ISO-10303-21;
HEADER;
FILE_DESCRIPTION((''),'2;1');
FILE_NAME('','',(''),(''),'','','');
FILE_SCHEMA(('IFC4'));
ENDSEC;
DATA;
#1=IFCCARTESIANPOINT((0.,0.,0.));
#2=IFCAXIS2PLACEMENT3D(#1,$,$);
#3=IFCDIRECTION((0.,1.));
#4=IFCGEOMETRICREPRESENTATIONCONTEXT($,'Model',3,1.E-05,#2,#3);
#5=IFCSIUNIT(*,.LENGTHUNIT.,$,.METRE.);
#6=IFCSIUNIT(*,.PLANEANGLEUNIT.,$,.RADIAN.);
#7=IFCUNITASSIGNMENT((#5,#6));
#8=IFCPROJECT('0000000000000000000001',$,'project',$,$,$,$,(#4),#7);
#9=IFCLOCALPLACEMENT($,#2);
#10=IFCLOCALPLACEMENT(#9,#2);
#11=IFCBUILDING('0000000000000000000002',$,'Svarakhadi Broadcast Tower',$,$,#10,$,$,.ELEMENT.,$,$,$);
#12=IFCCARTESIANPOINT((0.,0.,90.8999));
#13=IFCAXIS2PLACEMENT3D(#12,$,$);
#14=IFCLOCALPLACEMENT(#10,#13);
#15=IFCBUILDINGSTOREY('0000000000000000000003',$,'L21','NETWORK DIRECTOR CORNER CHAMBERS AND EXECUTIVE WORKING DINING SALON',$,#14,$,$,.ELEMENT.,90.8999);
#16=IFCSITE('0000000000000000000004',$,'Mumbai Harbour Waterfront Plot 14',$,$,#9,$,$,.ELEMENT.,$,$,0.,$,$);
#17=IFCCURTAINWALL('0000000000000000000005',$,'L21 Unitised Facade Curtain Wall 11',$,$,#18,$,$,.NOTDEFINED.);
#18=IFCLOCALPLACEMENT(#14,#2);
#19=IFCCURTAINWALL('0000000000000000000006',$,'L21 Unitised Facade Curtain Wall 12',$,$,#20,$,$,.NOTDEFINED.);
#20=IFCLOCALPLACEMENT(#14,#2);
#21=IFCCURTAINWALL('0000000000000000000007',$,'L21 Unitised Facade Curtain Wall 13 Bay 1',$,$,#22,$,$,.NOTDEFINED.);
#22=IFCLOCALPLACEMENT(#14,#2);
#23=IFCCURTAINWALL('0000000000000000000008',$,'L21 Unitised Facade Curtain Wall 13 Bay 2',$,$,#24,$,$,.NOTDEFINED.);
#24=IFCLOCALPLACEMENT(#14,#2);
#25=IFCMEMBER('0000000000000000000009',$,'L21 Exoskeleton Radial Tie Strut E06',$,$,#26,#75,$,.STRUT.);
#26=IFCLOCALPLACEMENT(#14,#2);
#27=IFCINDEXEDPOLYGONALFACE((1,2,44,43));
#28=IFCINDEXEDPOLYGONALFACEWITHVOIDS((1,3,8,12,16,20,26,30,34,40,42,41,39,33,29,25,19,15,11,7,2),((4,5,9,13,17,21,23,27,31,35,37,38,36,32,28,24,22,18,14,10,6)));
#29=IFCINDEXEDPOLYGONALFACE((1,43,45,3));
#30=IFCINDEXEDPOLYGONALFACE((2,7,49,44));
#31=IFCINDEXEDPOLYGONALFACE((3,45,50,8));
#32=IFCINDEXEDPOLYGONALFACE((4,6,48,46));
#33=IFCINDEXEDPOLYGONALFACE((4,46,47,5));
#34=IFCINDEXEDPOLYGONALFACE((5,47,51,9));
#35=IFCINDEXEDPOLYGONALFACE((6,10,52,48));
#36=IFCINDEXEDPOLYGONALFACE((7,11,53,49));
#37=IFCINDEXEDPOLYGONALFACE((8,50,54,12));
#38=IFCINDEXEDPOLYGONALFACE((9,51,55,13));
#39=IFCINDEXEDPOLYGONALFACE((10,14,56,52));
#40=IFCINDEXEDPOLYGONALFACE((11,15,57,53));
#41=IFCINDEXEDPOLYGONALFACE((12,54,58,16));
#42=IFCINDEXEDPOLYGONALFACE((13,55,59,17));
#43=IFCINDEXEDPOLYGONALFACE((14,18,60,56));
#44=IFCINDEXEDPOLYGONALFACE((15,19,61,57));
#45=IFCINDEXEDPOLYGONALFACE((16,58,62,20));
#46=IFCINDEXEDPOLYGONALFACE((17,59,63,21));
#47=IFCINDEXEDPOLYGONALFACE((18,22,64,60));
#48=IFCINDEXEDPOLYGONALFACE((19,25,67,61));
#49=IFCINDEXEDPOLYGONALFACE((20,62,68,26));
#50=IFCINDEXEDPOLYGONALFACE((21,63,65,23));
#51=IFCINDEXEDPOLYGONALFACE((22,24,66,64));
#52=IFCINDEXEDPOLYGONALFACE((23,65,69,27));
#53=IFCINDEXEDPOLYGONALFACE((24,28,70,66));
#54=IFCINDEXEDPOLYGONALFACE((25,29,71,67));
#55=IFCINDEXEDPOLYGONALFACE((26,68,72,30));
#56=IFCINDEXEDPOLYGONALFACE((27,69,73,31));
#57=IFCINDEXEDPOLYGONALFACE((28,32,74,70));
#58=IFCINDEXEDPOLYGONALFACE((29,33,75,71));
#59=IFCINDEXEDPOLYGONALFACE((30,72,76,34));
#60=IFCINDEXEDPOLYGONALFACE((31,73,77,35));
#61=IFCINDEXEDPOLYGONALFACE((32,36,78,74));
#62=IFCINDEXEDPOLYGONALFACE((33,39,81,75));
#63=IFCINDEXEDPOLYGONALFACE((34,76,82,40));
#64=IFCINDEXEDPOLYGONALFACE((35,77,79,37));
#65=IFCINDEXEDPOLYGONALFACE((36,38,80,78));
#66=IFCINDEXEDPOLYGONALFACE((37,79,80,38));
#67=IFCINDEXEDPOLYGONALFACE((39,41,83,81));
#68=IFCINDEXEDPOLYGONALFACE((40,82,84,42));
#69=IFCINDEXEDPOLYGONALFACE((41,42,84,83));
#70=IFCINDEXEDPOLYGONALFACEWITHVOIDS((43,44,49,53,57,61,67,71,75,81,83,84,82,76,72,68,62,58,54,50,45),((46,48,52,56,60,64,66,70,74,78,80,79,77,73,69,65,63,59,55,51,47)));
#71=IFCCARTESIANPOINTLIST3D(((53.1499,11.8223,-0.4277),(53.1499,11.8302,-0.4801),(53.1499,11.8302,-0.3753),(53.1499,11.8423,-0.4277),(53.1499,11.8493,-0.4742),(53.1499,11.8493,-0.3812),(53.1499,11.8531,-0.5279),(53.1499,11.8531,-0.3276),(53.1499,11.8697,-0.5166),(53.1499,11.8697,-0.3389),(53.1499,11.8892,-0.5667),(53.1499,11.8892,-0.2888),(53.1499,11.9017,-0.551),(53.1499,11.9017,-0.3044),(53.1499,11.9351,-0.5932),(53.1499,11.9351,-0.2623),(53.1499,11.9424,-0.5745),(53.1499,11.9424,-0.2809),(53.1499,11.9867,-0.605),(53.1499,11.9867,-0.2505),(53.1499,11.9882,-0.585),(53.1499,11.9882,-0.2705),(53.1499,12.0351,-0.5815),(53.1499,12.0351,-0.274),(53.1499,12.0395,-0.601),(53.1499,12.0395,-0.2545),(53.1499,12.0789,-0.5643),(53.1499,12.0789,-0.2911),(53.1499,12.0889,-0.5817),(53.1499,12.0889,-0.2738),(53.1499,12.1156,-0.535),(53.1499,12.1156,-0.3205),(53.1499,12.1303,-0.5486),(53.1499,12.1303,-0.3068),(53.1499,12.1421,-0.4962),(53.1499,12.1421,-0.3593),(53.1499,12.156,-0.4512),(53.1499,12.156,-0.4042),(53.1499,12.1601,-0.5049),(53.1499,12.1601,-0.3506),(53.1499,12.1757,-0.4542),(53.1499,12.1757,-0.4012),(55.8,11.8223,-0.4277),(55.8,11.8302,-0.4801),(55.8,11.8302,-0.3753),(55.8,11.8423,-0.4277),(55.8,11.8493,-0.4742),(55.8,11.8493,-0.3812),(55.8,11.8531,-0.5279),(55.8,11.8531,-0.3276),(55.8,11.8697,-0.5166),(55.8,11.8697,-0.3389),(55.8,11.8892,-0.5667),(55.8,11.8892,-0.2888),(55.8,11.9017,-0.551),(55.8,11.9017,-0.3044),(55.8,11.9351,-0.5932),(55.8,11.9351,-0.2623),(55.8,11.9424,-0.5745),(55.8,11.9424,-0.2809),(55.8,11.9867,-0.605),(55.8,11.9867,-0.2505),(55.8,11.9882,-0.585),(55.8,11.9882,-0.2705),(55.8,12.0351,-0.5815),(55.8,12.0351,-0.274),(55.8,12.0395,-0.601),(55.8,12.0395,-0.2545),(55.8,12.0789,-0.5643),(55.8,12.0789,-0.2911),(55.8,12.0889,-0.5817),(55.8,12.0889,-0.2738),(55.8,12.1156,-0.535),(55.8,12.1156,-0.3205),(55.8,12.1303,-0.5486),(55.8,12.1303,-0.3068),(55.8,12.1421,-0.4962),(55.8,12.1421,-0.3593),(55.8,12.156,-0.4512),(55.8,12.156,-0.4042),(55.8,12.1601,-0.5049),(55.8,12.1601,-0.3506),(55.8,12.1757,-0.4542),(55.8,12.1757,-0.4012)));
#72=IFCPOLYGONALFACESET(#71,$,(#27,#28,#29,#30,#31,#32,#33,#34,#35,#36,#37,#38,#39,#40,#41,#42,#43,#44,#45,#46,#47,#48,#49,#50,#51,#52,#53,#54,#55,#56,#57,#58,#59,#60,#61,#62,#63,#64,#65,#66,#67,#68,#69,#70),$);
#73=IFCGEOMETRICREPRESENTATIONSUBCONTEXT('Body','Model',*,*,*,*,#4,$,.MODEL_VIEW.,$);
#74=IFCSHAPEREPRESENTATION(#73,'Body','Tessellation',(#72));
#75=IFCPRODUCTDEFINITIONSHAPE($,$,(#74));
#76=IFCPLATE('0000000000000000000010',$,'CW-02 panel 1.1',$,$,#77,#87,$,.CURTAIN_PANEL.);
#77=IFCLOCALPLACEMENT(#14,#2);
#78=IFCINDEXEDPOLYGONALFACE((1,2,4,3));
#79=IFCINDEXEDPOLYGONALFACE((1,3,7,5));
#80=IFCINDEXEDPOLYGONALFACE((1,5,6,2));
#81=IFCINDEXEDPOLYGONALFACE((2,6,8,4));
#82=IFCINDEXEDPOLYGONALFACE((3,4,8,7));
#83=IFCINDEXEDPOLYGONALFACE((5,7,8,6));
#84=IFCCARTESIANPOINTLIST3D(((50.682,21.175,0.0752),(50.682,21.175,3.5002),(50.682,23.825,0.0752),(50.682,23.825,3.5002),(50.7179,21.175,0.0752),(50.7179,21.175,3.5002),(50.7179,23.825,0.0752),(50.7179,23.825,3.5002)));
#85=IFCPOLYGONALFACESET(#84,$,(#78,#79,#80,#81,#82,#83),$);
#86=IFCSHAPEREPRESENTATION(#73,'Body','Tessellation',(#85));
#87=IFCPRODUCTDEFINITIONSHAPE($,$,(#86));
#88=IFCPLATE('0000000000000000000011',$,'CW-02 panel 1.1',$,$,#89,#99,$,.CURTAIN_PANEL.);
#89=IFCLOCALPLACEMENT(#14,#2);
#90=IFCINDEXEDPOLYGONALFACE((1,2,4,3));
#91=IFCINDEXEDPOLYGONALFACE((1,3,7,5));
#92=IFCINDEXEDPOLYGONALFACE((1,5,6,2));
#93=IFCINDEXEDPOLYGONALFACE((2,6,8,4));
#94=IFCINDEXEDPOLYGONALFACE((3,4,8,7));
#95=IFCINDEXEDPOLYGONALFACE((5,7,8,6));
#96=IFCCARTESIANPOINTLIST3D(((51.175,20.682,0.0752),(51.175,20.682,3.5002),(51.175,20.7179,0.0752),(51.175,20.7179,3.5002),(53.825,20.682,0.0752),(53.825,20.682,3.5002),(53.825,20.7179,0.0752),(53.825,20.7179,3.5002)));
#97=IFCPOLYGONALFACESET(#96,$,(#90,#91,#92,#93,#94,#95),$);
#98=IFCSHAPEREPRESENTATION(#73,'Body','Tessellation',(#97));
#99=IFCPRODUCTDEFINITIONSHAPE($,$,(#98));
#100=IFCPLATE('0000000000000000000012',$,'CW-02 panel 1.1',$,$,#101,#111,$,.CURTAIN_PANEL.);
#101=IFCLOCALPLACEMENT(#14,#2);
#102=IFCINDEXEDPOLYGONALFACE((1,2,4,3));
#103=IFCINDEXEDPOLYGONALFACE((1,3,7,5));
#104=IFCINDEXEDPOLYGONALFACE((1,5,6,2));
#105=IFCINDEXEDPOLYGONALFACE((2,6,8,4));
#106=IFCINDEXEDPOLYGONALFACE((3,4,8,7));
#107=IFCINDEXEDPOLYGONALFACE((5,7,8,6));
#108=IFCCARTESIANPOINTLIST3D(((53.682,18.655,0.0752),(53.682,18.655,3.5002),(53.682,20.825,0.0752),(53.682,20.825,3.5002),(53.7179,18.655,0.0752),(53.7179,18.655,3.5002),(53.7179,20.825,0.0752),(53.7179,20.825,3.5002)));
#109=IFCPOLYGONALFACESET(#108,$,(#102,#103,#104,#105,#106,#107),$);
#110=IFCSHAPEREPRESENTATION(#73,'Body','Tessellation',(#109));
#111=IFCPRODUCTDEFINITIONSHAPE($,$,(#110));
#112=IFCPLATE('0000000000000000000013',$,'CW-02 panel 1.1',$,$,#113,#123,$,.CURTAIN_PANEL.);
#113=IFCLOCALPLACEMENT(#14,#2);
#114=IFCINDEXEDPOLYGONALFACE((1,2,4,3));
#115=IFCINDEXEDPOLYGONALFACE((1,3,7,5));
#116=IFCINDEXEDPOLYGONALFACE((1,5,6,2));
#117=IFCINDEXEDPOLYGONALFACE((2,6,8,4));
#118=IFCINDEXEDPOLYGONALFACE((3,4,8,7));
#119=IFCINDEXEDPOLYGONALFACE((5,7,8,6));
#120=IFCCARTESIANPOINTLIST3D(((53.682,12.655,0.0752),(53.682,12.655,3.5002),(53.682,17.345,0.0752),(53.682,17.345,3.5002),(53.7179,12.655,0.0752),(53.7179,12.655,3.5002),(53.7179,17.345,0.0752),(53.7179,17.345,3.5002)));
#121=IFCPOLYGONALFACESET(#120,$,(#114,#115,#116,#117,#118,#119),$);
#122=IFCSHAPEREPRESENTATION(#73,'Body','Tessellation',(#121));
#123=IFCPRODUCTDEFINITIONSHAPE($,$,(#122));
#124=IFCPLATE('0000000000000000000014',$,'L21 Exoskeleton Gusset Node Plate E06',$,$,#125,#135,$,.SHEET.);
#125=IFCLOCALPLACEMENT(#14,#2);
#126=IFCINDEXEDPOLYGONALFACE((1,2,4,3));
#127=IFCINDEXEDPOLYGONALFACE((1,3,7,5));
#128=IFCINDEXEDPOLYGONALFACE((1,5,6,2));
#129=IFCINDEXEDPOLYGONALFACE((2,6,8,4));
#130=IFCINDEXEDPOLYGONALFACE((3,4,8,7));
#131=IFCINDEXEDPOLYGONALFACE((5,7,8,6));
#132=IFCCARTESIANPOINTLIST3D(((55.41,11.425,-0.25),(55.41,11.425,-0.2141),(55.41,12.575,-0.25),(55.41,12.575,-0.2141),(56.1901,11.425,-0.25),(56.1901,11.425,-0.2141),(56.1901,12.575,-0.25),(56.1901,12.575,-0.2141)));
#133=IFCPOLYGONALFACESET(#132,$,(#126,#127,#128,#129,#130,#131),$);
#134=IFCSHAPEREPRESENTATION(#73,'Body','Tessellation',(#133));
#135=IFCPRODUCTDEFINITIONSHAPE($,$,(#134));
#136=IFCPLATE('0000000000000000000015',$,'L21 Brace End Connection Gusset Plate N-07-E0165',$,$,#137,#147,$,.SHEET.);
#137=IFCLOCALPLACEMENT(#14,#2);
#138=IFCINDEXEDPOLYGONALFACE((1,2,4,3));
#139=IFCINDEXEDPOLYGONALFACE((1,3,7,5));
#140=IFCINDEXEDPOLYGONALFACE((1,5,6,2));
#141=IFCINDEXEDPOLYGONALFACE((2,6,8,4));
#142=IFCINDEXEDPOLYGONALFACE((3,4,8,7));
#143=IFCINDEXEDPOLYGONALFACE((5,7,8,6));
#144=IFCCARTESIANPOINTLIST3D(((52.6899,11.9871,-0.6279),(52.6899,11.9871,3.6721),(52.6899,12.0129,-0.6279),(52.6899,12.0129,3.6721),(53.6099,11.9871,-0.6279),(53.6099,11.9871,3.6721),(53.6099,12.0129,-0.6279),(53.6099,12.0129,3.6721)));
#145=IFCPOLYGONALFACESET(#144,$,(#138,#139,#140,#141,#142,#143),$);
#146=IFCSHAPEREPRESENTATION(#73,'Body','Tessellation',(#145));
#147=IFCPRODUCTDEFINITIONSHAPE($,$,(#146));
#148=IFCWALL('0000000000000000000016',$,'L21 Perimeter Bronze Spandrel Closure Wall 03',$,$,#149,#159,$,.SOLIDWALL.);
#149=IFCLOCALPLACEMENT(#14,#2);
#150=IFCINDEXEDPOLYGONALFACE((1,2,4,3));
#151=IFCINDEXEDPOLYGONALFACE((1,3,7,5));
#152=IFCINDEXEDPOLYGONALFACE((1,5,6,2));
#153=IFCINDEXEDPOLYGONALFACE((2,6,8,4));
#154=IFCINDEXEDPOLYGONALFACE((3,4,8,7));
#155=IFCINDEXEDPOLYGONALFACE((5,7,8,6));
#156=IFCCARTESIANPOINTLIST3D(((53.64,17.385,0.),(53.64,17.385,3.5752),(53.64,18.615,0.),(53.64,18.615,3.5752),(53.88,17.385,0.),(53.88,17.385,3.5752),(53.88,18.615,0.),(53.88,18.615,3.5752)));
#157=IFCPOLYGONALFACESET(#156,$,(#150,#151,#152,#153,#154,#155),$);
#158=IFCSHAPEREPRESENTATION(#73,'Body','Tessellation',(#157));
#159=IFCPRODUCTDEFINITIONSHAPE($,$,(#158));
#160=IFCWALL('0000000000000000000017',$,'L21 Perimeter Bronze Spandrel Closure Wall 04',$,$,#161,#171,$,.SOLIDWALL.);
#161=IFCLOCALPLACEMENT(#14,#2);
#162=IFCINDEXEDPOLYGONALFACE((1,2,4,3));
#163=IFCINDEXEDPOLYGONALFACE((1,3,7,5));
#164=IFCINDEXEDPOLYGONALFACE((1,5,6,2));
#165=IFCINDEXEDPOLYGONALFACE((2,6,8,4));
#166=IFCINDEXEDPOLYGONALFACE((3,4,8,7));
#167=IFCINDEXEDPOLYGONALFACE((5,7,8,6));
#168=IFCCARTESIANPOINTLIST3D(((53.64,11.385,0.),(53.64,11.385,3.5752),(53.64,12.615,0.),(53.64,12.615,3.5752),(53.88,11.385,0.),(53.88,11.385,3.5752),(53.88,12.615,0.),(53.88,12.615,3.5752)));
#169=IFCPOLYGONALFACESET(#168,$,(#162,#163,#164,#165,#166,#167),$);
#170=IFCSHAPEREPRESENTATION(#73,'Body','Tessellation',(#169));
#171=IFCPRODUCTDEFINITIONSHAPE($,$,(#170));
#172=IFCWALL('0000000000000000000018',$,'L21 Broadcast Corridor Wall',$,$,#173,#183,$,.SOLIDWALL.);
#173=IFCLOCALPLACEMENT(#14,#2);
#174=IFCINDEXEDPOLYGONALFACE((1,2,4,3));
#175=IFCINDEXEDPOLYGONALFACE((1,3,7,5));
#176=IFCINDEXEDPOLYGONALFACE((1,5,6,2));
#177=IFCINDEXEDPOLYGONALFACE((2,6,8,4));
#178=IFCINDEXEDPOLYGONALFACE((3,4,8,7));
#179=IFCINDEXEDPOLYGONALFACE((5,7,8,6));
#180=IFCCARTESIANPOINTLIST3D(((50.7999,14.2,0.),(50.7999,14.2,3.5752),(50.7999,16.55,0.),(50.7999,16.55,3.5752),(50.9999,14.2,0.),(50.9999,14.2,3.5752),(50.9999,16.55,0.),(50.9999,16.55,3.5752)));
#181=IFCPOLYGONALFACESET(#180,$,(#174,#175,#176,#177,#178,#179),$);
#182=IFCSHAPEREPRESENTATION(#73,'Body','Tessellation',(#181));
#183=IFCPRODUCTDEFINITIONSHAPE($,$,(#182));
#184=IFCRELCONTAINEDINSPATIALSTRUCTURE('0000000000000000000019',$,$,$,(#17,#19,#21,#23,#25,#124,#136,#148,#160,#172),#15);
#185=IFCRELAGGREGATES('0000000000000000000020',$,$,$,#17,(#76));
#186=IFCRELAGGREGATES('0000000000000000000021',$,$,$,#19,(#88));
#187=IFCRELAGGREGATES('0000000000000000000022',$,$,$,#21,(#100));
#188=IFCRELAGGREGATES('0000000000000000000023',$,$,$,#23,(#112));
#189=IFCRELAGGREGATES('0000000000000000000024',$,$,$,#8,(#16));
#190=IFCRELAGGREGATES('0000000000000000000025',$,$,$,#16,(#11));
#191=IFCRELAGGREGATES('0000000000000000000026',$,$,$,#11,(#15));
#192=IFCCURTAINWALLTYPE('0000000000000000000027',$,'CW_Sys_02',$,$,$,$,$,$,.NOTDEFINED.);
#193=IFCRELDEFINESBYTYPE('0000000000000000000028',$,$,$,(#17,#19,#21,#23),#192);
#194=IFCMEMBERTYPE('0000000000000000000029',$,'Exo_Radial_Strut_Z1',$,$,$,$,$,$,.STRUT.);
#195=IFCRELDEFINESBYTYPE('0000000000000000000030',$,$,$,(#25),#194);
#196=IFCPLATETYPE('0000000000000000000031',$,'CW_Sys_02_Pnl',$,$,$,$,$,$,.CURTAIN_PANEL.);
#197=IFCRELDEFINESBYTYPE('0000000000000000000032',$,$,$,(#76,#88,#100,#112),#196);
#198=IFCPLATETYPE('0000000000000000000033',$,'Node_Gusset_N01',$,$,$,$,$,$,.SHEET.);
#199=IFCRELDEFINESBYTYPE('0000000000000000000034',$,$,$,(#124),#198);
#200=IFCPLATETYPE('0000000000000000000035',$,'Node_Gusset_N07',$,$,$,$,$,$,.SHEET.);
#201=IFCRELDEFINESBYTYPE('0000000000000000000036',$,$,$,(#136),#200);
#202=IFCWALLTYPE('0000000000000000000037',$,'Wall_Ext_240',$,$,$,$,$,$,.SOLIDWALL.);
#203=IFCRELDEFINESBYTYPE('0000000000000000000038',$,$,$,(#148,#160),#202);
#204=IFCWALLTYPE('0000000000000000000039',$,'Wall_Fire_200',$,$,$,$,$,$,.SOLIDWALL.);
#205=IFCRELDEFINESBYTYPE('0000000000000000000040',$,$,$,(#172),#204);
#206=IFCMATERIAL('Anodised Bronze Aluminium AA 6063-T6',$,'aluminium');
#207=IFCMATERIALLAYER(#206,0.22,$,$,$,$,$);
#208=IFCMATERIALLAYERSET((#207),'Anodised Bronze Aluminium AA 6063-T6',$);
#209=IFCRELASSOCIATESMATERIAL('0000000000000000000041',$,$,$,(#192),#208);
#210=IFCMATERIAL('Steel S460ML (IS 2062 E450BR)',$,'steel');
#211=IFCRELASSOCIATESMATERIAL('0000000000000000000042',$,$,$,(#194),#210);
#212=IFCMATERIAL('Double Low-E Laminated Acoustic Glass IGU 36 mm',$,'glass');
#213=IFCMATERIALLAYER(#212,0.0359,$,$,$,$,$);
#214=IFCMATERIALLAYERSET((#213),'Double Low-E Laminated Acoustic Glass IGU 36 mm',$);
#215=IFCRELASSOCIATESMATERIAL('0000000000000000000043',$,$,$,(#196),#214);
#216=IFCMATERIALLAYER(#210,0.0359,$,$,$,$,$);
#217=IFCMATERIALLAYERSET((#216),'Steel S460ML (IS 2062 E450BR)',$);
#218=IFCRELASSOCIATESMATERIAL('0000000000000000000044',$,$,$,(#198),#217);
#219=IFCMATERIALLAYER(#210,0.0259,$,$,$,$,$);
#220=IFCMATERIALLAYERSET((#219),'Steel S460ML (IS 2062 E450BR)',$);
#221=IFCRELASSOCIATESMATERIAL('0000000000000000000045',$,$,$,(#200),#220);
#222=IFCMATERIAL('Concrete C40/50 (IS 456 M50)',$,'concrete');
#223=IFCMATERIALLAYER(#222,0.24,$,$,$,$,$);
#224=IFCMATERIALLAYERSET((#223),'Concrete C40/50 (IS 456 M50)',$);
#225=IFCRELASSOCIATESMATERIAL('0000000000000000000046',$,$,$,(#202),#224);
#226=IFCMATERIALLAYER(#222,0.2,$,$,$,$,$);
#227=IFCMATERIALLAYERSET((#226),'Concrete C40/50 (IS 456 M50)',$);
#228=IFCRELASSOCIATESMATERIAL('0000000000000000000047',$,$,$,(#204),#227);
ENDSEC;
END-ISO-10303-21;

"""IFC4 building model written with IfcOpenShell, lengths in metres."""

from ifc_helpers import new_model, si_unit, direction, frame, frame_2d, origin, origin_2d, place, context, subcontext, project, spatial, rectangle, hollow_circle, extrude, material, layer, layer_set, material_profile, profile_set, type_object, element, aggregate, save


model = new_model("IFC4")

# Units and contexts
model_context = context("Model", 3, precision=1e-05, world=origin(), true_north=direction((0.0, 1.0)))
body_context = subcontext(model_context, "Body", "Model", "MODEL_VIEW")
ifc_project = project(units=[si_unit("LENGTHUNIT", "METRE"), si_unit("PLANEANGLEUNIT", "RADIAN")], contexts=[model_context])

# Site, building, storey
site_placement = place(None, origin())
site = spatial("IfcSite", under=ifc_project, at=site_placement, Name="Mumbai Harbour Waterfront Plot 14", CompositionType="ELEMENT", RefElevation=0.0)
building_placement = place(site_placement, origin())
building = spatial("IfcBuilding", under=site, at=building_placement, Name="Svarakhadi Broadcast Tower", CompositionType="ELEMENT")
storey_placement = place(building_placement, frame((0.0, 0.0, 90.8999)))
storey = spatial("IfcBuildingStorey", under=building, at=storey_placement, Name="L21", Description="NETWORK DIRECTOR CORNER CHAMBERS AND EXECUTIVE WORKING DINING SALON", CompositionType="ELEMENT", Elevation=90.8999)

# Curtain wall
ifc_material_1 = material(Name="Anodised Bronze Aluminium AA 6063-T6", Category="aluminium")
ifc_layer_1 = layer(ifc_material_1, 0.22)
ifc_layer_set_1 = layer_set([ifc_layer_1], Name="Anodised Bronze Aluminium AA 6063-T6")
curtain_wall_type = type_object("IfcCurtainWallType", Name="CW_Sys_02", PredefinedType="NOTDEFINED", material=ifc_layer_set_1)
curtain_wall_1_placement = place(storey_placement, origin())
curtain_wall_1 = element("IfcCurtainWall", 1, at=curtain_wall_1_placement, inside=storey, type_object=curtain_wall_type, Name="L21 Unitised Facade Curtain Wall 11", PredefinedType="NOTDEFINED")

# Curtain walls
curtain_wall_2_placement = place(storey_placement, origin())
curtain_wall_2 = element("IfcCurtainWall", 2, at=curtain_wall_2_placement, inside=storey, type_object=curtain_wall_type, Name="L21 Unitised Facade Curtain Wall 12", PredefinedType="NOTDEFINED")
curtain_wall_3_placement = place(storey_placement, origin())
curtain_wall_3 = element("IfcCurtainWall", 3, at=curtain_wall_3_placement, inside=storey, type_object=curtain_wall_type, Name="L21 Unitised Facade Curtain Wall 13 Bay 1", PredefinedType="NOTDEFINED")
curtain_wall_4_placement = place(storey_placement, origin())
curtain_wall_4 = element("IfcCurtainWall", 4, at=curtain_wall_4_placement, inside=storey, type_object=curtain_wall_type, Name="L21 Unitised Facade Curtain Wall 13 Bay 2", PredefinedType="NOTDEFINED")

# Member
ifc_material_2 = material(Name="Steel S460ML (IS 2062 E450BR)", Category="steel")
ifc_material_profile_1 = material_profile(ifc_material_2, hollow_circle(Radius=0.1777, WallThickness=0.02, at=origin_2d()), Name="CHS 355.6x20")
ifc_profile_set_1 = profile_set([ifc_material_profile_1], Name="Steel S460ML (IS 2062 E450BR)")
member_type_1 = type_object("IfcMemberType", Name="Exo_Radial_Strut_Z1", PredefinedType="STRUT", material=ifc_profile_set_1)
member_1_placement = place(storey_placement, frame((55.8, 12.0, -0.4277), z_axis=(-1.0, 0.0, 0.0), x_axis=(0.0, -1.0, 0.0)))
element("IfcMember", 5, at=member_1_placement, inside=storey, type_object=member_type_1, Name="L21 Exoskeleton Radial Tie Strut E06", PredefinedType="STRUT", context=body_context, shape_type="SweptSolid", body=[
    extrude(hollow_circle(Radius=0.1777, WallThickness=0.02, at=origin_2d()), origin(), (0.0, 0.0, 1.0), 2.6501),
])

# Plates
ifc_material_3 = material(Name="Double Low-E Laminated Acoustic Glass IGU 36 mm", Category="glass")
ifc_layer_2 = layer(ifc_material_3, 0.0359)
ifc_layer_set_2 = layer_set([ifc_layer_2], Name="Double Low-E Laminated Acoustic Glass IGU 36 mm")
plate_type_1 = type_object("IfcPlateType", Name="CW_Sys_02_Pnl", PredefinedType="CURTAIN_PANEL", material=ifc_layer_set_2)
plate_1_placement = place(storey_placement, frame((50.7, 22.5, 0.0752), z_axis=(0.0, 0.0, 1.0), x_axis=(0.0, -1.0, 0.0)))
plate_1 = element("IfcPlate", 6, at=plate_1_placement, type_object=plate_type_1, Name="CW-02 panel 1.1", PredefinedType="CURTAIN_PANEL", context=body_context, shape_type="SweptSolid", body=[
    extrude(rectangle(XDim=2.6499, YDim=0.0359, at=origin_2d()), origin(), (0.0, 0.0, 1.0), 3.425),
])
aggregate(curtain_wall_1, [plate_1])
plate_2_placement = place(storey_placement, frame((52.5, 20.7, 0.0752), z_axis=(0.0, 0.0, 1.0), x_axis=(1.0, 0.0, 0.0)))
plate_2 = element("IfcPlate", 7, at=plate_2_placement, type_object=plate_type_1, Name="CW-02 panel 1.1", PredefinedType="CURTAIN_PANEL", context=body_context, shape_type="SweptSolid", body=[
    extrude(rectangle(XDim=2.6499, YDim=0.0359, at=origin_2d()), origin(), (0.0, 0.0, 1.0), 3.425),
])
aggregate(curtain_wall_2, [plate_2])
plate_3_placement = place(storey_placement, frame((53.7, 19.74, 0.0752), z_axis=(0.0, 0.0, 1.0), x_axis=(0.0, -1.0, 0.0)))
plate_3 = element("IfcPlate", 8, at=plate_3_placement, type_object=plate_type_1, Name="CW-02 panel 1.1", PredefinedType="CURTAIN_PANEL", context=body_context, shape_type="SweptSolid", body=[
    extrude(rectangle(XDim=2.1699, YDim=0.0359, at=origin_2d()), origin(), (0.0, 0.0, 1.0), 3.425),
])
aggregate(curtain_wall_3, [plate_3])
plate_4_placement = place(storey_placement, frame((53.7, 15.0, 0.0752), z_axis=(0.0, 0.0, 1.0), x_axis=(0.0, -1.0, 0.0)))
plate_4 = element("IfcPlate", 9, at=plate_4_placement, type_object=plate_type_1, Name="CW-02 panel 1.1", PredefinedType="CURTAIN_PANEL", context=body_context, shape_type="SweptSolid", body=[
    extrude(rectangle(XDim=4.6899, YDim=0.0359, at=origin_2d()), origin(), (0.0, 0.0, 1.0), 3.425),
])
aggregate(curtain_wall_4, [plate_4])

# Plates
ifc_layer_3 = layer(ifc_material_2, 0.0359)
ifc_layer_set_3 = layer_set([ifc_layer_3], Name="Steel S460ML (IS 2062 E450BR)")
plate_type_2 = type_object("IfcPlateType", Name="Node_Gusset_N01", PredefinedType="SHEET", material=ifc_layer_set_3)
plate_5_placement = place(storey_placement, frame((55.8, 12.0, -0.25), z_axis=(0.0, 0.0, 1.0), x_axis=(0.0, 1.0, 0.0)))
element("IfcPlate", 10, at=plate_5_placement, inside=storey, type_object=plate_type_2, Name="L21 Exoskeleton Gusset Node Plate E06", PredefinedType="SHEET", context=body_context, shape_type="SweptSolid", body=[
    extrude(rectangle(XDim=1.1499, YDim=0.78, at=origin_2d()), origin(), (0.0, 0.0, 1.0), 0.0359),
])
ifc_layer_4 = layer(ifc_material_2, 0.0259)
ifc_layer_set_4 = layer_set([ifc_layer_4], Name="Steel S460ML (IS 2062 E450BR)")
plate_type_3 = type_object("IfcPlateType", Name="Node_Gusset_N07", PredefinedType="SHEET", material=ifc_layer_set_4)
plate_6_placement = place(storey_placement, frame((53.1499, 12.0, -0.6279), z_axis=(0.0, 0.0, 1.0), x_axis=(1.0, 0.0, 0.0)))
element("IfcPlate", 11, at=plate_6_placement, inside=storey, type_object=plate_type_3, Name="L21 Brace End Connection Gusset Plate N-07-E0165", PredefinedType="SHEET", context=body_context, shape_type="SweptSolid", body=[
    extrude(rectangle(XDim=0.9199, YDim=0.0259, at=origin_2d()), origin(), (0.0, 0.0, 1.0), 4.3),
])

# Walls
ifc_material_4 = material(Name="Concrete C40/50 (IS 456 M50)", Category="concrete")
ifc_layer_5 = layer(ifc_material_4, 0.24)
ifc_layer_set_5 = layer_set([ifc_layer_5], Name="Concrete C40/50 (IS 456 M50)")
wall_type_1 = type_object("IfcWallType", Name="Wall_Ext_240", PredefinedType="SOLIDWALL", material=ifc_layer_set_5)
for number, where, z_axis, x_axis, name in (
    (12, (53.76, 18.615, 0.0), (0.0, 0.0, 1.0), (0.0, -1.0, 0.0), "L21 Perimeter Bronze Spandrel Closure Wall 03"),
    (13, (53.76, 12.615, 0.0), (0.0, 0.0, 1.0), (0.0, -1.0, 0.0), "L21 Perimeter Bronze Spandrel Closure Wall 04"),
):
    element("IfcWall", number, at=place(storey_placement, frame(where, z_axis=z_axis, x_axis=x_axis)), inside=storey, type_object=wall_type_1, Name=name, PredefinedType="SOLIDWALL", context=body_context, shape_type="SweptSolid", body=[
        extrude(rectangle(XDim=1.23, YDim=0.24, at=frame_2d((0.615, 0.0))), origin(), (0.0, 0.0, 1.0), 3.5752),
    ])
ifc_layer_6 = layer(ifc_material_4, 0.2)
ifc_layer_set_6 = layer_set([ifc_layer_6], Name="Concrete C40/50 (IS 456 M50)")
wall_type_2 = type_object("IfcWallType", Name="Wall_Fire_200", PredefinedType="SOLIDWALL", material=ifc_layer_set_6)
wall_1_placement = place(storey_placement, frame((50.8999, 16.55, 0.0), z_axis=(0.0, 0.0, 1.0), x_axis=(0.0, -1.0, 0.0)))
element("IfcWall", 14, at=wall_1_placement, inside=storey, type_object=wall_type_2, Name="L21 Broadcast Corridor Wall", PredefinedType="SOLIDWALL", context=body_context, shape_type="SweptSolid", body=[
    extrude(rectangle(XDim=2.3501, YDim=0.2, at=frame_2d((1.175, 0.0))), origin(), (0.0, 0.0, 1.0), 3.5752),
])

save(model, "model.ifc")
